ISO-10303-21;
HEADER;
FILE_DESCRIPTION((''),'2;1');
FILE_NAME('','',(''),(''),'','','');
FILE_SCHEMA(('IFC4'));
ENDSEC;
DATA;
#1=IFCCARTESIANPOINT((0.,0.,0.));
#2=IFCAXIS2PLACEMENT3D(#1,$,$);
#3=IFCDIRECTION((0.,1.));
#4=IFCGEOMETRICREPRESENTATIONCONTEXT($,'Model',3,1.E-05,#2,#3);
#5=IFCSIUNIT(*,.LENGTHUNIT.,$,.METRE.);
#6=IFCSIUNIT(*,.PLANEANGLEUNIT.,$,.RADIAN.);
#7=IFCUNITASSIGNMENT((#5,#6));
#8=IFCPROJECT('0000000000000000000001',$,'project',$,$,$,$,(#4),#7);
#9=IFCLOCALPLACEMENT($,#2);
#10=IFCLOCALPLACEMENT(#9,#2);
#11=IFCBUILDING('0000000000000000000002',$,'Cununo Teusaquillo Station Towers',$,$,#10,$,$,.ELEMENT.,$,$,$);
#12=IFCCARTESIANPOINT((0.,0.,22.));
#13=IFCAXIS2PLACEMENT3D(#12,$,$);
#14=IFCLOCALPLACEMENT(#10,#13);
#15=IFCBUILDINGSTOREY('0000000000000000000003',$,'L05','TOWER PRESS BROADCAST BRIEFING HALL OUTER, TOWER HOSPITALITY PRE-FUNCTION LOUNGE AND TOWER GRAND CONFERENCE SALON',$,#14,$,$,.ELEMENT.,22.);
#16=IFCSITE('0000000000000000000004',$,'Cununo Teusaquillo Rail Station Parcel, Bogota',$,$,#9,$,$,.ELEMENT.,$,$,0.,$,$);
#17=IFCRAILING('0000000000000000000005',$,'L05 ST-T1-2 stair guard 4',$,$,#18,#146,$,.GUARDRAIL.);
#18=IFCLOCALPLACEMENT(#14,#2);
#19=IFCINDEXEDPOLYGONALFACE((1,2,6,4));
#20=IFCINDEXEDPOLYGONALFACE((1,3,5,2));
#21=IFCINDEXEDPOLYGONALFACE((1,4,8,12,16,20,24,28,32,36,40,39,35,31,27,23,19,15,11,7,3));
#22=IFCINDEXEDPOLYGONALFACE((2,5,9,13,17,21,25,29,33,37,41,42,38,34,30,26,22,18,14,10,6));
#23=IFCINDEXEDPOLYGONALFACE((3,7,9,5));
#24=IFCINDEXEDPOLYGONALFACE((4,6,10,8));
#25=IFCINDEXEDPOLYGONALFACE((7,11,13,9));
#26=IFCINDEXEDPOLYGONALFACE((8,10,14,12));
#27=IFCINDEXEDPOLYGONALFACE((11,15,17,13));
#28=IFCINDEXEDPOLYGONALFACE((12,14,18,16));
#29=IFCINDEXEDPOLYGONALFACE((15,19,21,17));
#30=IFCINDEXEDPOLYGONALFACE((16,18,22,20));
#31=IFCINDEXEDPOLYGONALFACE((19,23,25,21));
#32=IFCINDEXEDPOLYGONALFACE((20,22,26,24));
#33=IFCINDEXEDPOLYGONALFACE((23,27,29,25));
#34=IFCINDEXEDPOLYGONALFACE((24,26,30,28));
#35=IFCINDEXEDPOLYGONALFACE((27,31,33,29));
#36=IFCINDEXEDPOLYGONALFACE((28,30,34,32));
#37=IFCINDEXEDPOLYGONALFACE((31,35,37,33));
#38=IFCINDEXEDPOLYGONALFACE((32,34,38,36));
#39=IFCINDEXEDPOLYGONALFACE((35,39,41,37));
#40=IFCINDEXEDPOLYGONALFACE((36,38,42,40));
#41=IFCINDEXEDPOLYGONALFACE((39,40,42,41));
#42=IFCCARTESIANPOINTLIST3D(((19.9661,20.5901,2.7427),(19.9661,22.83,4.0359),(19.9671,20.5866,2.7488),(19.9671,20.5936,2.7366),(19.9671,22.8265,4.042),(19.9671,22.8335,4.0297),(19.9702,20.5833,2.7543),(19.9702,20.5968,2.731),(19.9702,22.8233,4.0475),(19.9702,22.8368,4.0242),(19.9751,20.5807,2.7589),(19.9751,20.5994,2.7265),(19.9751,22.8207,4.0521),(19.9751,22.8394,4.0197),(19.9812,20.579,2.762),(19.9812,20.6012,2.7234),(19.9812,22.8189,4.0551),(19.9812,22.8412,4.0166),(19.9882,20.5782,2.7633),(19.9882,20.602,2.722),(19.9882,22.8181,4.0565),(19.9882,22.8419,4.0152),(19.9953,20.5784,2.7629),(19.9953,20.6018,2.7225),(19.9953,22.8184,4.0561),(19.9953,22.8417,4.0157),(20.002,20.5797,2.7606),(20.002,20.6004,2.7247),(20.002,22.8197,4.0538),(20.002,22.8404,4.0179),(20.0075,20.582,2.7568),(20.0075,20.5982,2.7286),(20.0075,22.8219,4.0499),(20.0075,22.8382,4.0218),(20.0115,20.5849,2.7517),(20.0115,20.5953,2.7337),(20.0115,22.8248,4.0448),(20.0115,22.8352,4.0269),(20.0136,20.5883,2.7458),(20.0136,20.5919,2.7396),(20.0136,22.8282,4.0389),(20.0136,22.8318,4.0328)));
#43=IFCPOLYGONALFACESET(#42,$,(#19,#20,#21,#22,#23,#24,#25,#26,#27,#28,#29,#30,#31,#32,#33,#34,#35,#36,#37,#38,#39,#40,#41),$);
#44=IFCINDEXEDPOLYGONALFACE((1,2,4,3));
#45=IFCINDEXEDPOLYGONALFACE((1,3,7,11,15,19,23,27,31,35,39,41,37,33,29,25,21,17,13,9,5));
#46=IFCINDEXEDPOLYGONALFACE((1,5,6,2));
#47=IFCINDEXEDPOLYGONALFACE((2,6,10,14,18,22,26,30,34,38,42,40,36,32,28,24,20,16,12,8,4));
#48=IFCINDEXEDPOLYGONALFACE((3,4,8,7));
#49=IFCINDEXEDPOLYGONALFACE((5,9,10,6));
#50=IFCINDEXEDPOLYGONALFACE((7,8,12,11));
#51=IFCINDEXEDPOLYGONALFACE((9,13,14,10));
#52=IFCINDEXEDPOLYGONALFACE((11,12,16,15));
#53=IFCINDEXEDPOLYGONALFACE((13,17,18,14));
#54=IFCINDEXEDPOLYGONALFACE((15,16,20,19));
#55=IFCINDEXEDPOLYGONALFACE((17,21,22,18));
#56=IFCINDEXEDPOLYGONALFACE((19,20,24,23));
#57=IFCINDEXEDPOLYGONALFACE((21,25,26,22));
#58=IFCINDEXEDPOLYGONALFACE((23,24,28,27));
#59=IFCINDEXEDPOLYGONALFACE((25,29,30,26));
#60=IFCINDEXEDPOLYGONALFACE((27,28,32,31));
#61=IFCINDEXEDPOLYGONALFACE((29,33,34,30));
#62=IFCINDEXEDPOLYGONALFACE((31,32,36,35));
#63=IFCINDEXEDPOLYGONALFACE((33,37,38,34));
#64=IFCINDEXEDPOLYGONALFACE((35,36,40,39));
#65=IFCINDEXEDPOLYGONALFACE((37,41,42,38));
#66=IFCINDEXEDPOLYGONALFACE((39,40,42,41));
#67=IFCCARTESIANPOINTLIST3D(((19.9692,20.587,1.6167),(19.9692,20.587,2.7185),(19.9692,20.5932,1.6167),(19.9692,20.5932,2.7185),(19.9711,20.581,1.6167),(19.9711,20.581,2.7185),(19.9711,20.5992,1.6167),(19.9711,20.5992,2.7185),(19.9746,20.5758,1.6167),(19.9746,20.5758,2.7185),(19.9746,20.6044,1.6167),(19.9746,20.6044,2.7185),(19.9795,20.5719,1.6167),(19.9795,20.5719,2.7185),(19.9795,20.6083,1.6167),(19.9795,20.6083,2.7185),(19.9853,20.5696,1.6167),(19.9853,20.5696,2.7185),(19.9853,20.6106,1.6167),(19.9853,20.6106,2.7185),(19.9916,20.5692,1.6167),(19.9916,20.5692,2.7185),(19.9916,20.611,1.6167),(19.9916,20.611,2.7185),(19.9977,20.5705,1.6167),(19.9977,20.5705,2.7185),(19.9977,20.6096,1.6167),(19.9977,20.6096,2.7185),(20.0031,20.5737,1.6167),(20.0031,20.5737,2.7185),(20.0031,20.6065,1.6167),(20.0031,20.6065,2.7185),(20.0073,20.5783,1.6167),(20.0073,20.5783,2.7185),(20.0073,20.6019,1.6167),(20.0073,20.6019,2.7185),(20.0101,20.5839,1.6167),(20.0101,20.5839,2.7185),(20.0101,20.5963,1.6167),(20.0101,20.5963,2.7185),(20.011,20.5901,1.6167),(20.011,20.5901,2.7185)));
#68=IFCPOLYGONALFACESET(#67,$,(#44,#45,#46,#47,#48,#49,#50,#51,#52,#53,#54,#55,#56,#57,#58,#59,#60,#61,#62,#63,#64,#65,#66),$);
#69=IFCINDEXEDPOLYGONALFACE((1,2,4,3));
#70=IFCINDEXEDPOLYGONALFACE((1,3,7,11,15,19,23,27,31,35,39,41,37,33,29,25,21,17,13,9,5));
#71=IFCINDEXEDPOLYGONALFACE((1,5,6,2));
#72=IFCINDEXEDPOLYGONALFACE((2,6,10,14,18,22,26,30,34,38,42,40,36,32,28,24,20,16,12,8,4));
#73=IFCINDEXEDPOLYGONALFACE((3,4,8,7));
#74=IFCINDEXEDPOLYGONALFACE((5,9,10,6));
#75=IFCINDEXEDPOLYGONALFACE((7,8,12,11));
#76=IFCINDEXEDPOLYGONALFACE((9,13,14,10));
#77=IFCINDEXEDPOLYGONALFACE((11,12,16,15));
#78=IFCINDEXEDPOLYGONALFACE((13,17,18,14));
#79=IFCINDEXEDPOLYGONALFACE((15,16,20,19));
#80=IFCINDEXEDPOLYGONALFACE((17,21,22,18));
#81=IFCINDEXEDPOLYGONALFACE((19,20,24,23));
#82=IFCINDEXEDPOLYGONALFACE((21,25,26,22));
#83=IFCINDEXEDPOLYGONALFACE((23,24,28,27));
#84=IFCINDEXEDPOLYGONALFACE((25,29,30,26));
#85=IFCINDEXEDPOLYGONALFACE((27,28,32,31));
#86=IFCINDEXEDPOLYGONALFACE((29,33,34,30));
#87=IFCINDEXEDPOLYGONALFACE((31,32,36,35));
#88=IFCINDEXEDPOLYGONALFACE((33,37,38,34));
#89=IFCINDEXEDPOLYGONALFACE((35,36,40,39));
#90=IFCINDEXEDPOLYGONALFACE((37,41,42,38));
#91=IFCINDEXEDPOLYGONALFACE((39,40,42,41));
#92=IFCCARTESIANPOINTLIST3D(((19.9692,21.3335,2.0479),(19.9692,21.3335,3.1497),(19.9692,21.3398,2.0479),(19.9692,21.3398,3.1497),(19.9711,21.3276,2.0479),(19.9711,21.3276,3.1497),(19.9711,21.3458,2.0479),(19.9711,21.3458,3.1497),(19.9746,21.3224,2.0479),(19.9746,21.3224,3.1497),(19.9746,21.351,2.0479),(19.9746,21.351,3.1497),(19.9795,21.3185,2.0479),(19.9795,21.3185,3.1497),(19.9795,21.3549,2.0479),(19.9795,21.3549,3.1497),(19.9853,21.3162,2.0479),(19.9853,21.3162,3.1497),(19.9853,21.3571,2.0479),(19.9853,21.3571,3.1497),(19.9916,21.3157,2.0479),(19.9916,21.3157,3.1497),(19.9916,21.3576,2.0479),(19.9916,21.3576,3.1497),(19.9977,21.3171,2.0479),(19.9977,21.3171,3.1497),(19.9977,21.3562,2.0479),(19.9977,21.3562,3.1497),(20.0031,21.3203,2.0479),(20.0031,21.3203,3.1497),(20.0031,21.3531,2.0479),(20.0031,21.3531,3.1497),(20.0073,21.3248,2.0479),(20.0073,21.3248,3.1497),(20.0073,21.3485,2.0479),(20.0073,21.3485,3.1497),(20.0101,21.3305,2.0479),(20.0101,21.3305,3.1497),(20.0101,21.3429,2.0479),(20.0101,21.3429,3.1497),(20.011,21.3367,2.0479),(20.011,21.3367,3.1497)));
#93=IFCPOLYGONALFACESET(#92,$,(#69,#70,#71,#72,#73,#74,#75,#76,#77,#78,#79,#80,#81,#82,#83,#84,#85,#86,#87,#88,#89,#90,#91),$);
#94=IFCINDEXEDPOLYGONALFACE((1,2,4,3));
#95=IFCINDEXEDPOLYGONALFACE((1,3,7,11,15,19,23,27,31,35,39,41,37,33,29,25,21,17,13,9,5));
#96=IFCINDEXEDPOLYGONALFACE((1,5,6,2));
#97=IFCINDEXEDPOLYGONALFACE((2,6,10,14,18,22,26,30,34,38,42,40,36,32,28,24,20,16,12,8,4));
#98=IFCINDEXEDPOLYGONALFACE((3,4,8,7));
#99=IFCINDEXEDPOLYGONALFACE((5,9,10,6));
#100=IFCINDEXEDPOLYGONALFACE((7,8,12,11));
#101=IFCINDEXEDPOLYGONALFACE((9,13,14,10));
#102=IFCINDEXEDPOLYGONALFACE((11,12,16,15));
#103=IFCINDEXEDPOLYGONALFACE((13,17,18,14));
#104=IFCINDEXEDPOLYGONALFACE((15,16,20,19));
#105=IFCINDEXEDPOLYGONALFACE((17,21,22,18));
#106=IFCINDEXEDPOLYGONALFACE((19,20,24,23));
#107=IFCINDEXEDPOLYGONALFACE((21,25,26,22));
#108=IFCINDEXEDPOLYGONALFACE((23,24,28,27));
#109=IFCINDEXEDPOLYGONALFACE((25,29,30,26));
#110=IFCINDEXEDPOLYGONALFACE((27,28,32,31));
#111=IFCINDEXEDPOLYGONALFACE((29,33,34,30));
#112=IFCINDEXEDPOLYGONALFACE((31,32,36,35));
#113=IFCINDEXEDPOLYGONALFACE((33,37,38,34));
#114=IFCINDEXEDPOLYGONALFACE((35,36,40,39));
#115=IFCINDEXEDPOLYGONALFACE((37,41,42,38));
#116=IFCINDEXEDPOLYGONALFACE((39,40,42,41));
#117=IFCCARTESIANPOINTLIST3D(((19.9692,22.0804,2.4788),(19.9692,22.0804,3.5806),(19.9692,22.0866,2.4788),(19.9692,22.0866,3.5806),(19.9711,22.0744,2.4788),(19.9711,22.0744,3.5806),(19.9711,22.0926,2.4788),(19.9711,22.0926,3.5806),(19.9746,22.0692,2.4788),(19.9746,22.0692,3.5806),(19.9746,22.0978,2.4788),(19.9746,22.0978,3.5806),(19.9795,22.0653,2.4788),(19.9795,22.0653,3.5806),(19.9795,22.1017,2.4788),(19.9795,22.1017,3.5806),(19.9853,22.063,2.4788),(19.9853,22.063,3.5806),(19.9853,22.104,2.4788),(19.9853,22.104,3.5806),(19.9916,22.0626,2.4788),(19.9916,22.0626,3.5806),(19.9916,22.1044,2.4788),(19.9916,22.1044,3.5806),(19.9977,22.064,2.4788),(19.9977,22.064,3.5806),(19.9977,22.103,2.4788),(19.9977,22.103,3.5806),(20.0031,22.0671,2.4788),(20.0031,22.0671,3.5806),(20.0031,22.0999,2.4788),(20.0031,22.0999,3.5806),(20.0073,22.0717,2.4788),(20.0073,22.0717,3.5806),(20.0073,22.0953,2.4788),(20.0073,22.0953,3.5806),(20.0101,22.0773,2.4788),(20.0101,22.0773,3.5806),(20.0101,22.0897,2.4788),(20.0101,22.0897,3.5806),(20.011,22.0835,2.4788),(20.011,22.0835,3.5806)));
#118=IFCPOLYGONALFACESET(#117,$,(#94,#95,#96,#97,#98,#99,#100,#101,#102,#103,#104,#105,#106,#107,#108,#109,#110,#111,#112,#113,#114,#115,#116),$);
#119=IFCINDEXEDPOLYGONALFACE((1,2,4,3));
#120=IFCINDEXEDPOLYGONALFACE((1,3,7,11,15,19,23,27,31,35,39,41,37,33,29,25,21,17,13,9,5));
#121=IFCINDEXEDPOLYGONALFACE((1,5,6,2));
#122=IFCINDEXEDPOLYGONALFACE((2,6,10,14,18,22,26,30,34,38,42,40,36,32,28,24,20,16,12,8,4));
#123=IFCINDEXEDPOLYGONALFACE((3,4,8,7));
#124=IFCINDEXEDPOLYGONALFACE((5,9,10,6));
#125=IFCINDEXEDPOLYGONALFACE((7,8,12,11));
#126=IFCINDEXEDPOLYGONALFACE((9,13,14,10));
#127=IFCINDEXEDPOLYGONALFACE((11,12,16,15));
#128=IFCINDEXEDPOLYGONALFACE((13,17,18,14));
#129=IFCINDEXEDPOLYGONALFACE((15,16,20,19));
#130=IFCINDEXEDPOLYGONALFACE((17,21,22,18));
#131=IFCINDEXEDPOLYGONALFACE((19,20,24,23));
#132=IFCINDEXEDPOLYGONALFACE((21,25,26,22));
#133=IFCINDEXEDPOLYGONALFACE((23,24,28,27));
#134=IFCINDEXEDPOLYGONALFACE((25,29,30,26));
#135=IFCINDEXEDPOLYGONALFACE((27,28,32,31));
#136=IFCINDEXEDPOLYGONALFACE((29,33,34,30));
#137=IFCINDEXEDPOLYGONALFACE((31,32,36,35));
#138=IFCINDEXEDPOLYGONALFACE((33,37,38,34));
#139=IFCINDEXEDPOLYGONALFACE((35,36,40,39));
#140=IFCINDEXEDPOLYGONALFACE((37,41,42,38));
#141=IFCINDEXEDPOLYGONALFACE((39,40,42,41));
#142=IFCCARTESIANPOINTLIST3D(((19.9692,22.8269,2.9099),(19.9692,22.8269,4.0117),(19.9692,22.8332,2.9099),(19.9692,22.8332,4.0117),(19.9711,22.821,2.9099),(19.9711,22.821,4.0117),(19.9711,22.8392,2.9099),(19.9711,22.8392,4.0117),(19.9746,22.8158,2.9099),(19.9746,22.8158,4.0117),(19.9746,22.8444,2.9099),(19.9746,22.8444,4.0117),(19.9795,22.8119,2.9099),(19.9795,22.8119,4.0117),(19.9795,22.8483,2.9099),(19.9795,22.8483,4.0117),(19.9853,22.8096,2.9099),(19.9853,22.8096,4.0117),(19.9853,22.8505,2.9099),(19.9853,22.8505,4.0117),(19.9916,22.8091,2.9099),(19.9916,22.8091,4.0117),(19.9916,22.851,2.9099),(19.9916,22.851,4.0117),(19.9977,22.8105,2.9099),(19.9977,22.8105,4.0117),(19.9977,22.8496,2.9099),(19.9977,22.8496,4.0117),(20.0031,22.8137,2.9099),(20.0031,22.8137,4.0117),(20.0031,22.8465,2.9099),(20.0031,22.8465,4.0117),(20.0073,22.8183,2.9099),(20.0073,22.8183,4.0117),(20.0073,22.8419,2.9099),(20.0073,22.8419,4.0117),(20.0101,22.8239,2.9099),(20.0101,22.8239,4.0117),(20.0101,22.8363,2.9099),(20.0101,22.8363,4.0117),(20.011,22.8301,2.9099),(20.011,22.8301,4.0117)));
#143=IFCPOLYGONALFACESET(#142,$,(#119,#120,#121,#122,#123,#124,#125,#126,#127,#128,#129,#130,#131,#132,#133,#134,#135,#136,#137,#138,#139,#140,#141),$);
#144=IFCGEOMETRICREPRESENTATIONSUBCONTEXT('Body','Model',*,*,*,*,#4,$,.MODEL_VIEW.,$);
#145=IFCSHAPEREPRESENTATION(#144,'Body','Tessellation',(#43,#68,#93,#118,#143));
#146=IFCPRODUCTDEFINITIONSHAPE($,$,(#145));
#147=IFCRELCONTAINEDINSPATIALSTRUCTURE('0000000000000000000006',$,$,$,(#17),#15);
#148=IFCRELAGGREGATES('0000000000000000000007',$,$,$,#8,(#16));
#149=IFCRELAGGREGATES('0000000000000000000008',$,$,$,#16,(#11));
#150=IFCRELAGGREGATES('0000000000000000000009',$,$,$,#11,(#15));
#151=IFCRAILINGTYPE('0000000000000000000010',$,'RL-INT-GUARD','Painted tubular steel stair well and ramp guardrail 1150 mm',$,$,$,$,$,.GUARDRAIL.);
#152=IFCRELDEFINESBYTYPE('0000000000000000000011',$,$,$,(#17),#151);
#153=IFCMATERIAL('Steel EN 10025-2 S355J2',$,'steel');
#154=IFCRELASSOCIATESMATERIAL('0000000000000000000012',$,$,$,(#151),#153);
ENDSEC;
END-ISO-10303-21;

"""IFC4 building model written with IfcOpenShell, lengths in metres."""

from ifc_helpers import new_model, si_unit, direction, frame, origin, origin_2d, place, context, subcontext, project, spatial, circle, extrude, material, type_object, element, save


model = new_model("IFC4")

# Units and contexts
model_context = context("Model", 3, precision=1e-05, world=origin(), true_north=direction((0.0, 1.0)))
body_context = subcontext(model_context, "Body", "Model", "MODEL_VIEW")
ifc_project = project(units=[si_unit("LENGTHUNIT", "METRE"), si_unit("PLANEANGLEUNIT", "RADIAN")], contexts=[model_context])

# Site, building, storey
site_placement = place(None, origin())
site = spatial("IfcSite", under=ifc_project, at=site_placement, Name="Cununo Teusaquillo Rail Station Parcel, Bogota", CompositionType="ELEMENT", RefElevation=0.0)
building_placement = place(site_placement, origin())
building = spatial("IfcBuilding", under=site, at=building_placement, Name="Cununo Teusaquillo Station Towers", CompositionType="ELEMENT")
storey_placement = place(building_placement, frame((0.0, 0.0, 22.0)))
storey = spatial("IfcBuildingStorey", under=building, at=storey_placement, Name="L05", Description="TOWER PRESS BROADCAST BRIEFING HALL OUTER, TOWER HOSPITALITY PRE-FUNCTION LOUNGE AND TOWER GRAND CONFERENCE SALON", CompositionType="ELEMENT", Elevation=22.0)

# Railing
ifc_material_1 = material(Name="Steel EN 10025-2 S355J2", Category="steel")
railing_type_1 = type_object("IfcRailingType", Name="RL-INT-GUARD", Description="Painted tubular steel stair well and ramp guardrail 1150 mm", PredefinedType="GUARDRAIL", material=ifc_material_1)
railing_1_placement = place(storey_placement, frame((19.99, 20.5901, 1.6167)))
element("IfcRailing", 1, at=railing_1_placement, inside=storey, type_object=railing_type_1, Name="L05 ST-T1-2 stair guard 4", PredefinedType="GUARDRAIL", context=body_context, shape_type="SweptSolid", body=[
    extrude(circle(Radius=0.0239, at=origin_2d()), frame((0.0, 0.0, 1.126), z_axis=(0.0, 0.866033, 0.499987), x_axis=(-1.0, 0.0, 0.0)), (0.0, 0.0, 1.0), 2.5864),
    extrude(circle(Radius=0.021, at=origin_2d()), origin(), (0.0, 0.0, 1.0), 1.1018),
    extrude(circle(Radius=0.021, at=origin_2d()), frame((0.0, 0.7466, 0.4312)), (0.0, 0.0, 1.0), 1.1018),
    extrude(circle(Radius=0.021, at=origin_2d()), frame((0.0, 1.4934, 0.8621)), (0.0, 0.0, 1.0), 1.1018),
    extrude(circle(Radius=0.021, at=origin_2d()), frame((0.0, 2.24, 1.2932)), (0.0, 0.0, 1.0), 1.1018),
])

save(model, "model.ifc")
